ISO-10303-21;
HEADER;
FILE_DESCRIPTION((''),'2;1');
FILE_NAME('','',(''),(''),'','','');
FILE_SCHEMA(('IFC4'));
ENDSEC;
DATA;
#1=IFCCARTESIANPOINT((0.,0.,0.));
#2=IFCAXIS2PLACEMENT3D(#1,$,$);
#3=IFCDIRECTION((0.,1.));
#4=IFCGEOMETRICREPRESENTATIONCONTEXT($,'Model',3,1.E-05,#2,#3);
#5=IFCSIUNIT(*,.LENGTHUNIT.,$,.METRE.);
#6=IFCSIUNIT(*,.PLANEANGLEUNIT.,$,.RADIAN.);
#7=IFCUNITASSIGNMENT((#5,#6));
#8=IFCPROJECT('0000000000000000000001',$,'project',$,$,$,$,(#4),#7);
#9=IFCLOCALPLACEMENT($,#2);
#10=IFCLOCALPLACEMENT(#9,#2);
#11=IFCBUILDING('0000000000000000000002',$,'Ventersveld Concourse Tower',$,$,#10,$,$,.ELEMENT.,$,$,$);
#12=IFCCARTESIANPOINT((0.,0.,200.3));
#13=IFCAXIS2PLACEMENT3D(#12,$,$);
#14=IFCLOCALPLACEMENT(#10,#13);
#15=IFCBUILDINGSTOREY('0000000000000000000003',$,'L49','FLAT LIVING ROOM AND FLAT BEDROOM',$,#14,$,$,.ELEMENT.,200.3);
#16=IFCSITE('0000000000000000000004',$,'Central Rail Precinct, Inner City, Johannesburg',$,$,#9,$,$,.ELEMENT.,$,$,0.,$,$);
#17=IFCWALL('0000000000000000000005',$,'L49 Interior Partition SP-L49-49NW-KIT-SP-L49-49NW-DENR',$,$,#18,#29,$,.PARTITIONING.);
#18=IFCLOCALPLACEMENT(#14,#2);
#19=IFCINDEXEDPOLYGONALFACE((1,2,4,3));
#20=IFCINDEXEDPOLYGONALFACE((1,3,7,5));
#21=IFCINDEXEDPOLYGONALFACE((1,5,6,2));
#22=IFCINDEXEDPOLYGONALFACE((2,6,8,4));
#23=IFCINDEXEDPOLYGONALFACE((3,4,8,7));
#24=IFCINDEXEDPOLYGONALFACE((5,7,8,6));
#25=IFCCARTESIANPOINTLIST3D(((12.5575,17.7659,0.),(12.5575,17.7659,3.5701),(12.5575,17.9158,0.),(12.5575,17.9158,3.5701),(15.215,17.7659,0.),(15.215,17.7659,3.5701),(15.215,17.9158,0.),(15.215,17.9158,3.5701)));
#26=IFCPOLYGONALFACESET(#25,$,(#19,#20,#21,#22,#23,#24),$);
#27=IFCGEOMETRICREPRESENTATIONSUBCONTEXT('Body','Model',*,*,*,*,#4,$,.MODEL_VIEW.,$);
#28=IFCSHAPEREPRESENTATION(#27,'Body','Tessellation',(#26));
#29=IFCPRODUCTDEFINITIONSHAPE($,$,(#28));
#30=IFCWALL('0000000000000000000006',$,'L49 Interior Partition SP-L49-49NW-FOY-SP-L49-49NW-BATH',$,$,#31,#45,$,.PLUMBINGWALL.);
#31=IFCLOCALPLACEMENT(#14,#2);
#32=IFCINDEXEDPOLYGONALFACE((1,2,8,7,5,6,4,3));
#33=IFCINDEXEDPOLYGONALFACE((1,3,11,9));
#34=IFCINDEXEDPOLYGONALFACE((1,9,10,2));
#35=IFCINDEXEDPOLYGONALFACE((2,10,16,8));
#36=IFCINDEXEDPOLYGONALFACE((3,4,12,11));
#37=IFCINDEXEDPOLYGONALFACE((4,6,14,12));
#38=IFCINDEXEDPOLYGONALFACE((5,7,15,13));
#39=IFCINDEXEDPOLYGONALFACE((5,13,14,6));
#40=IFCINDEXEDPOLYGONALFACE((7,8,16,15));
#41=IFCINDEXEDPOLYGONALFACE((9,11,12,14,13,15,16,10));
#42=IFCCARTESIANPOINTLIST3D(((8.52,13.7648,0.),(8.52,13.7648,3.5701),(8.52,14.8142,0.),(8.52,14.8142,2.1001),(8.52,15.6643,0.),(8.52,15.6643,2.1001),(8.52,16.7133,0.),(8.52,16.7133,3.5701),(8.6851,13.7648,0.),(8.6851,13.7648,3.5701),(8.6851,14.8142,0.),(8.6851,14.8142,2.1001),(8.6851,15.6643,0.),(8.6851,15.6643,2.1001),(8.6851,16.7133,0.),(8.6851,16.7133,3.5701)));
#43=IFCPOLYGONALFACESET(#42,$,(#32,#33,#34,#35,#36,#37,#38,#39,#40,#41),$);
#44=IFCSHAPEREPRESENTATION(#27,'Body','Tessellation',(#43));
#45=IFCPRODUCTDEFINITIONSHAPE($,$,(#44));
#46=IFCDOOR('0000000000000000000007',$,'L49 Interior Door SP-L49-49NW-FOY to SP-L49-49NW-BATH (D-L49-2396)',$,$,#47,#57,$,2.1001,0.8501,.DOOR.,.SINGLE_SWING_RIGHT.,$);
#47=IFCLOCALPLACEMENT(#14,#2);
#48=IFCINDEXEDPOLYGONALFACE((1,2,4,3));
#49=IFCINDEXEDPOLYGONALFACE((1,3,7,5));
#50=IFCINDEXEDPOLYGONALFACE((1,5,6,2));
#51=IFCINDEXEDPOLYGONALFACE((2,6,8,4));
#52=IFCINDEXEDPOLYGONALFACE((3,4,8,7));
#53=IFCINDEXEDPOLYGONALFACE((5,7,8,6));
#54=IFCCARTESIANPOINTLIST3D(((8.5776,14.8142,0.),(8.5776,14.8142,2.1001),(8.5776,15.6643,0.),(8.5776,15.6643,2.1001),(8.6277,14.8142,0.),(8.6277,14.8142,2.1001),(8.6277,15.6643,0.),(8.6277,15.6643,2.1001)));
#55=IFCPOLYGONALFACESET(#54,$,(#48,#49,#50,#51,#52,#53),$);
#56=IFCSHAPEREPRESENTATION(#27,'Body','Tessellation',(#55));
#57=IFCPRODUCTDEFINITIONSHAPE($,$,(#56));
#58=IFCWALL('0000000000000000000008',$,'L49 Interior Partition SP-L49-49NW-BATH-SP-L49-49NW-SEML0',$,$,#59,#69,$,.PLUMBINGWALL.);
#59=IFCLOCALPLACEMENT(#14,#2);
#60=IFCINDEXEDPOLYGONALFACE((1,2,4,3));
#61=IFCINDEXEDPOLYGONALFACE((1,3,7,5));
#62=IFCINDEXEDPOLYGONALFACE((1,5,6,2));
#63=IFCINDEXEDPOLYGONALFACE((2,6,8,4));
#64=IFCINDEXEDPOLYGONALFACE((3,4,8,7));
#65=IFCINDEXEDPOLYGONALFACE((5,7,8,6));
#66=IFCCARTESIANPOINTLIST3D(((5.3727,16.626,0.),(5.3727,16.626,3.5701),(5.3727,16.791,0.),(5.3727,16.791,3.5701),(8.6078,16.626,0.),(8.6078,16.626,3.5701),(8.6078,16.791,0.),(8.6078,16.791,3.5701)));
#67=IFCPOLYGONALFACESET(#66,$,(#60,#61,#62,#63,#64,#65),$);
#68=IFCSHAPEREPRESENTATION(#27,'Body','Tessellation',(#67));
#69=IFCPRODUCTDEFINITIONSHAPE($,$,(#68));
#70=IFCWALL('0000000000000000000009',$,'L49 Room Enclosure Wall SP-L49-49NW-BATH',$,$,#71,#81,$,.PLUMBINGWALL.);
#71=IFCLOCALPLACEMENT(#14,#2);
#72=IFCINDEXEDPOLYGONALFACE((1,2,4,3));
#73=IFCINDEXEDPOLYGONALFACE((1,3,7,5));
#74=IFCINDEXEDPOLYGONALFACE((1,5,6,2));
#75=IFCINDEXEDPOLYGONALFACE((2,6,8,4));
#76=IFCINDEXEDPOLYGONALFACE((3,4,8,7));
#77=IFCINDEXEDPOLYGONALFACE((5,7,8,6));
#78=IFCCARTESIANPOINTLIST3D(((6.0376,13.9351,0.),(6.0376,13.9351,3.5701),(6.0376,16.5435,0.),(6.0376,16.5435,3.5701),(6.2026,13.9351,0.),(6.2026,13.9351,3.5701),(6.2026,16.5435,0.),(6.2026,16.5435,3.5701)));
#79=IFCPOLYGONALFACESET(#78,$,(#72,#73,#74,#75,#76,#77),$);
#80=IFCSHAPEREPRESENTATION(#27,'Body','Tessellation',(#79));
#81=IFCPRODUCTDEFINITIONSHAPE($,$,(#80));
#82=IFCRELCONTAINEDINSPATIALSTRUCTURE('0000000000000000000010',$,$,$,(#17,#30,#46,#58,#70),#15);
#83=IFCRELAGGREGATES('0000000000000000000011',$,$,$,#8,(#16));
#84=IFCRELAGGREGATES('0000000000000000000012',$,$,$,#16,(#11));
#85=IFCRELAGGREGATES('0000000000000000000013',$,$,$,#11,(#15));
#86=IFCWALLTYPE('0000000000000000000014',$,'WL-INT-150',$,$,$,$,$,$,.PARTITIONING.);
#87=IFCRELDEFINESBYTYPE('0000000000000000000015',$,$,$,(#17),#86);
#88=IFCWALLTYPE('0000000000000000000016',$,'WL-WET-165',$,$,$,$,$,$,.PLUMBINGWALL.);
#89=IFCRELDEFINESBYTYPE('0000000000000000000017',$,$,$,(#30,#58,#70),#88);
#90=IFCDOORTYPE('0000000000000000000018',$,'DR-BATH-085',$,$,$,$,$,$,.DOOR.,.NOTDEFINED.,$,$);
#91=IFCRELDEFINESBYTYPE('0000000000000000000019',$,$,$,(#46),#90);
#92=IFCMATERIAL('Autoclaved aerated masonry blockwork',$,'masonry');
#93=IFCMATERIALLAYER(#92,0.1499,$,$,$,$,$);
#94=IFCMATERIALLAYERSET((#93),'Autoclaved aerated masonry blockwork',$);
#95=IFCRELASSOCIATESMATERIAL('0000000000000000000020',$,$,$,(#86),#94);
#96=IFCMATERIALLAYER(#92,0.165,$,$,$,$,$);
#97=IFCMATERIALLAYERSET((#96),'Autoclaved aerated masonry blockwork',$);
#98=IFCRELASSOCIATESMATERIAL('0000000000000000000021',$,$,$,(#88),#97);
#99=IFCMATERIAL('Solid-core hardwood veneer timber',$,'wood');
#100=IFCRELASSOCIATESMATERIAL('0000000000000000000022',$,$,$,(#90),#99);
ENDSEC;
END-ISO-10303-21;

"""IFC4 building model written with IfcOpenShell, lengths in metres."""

from ifc_helpers import new_model, si_unit, direction, frame, frame_2d, origin, place, context, subcontext, project, spatial, rectangle, extrude, material, layer, layer_set, type_object, element, fill, save


model = new_model("IFC4")

# Units and contexts
model_context = context("Model", 3, precision=1e-05, world=origin(), true_north=direction((0.0, 1.0)))
body_context = subcontext(model_context, "Body", "Model", "MODEL_VIEW")
ifc_project = project(units=[si_unit("LENGTHUNIT", "METRE"), si_unit("PLANEANGLEUNIT", "RADIAN")], contexts=[model_context])

# Site, building, storey
site_placement = place(None, origin())
site = spatial("IfcSite", under=ifc_project, at=site_placement, Name="Central Rail Precinct, Inner City, Johannesburg", CompositionType="ELEMENT", RefElevation=0.0)
building_placement = place(site_placement, origin())
building = spatial("IfcBuilding", under=site, at=building_placement, Name="Ventersveld Concourse Tower", CompositionType="ELEMENT")
storey_placement = place(building_placement, frame((0.0, 0.0, 200.3)))
storey = spatial("IfcBuildingStorey", under=building, at=storey_placement, Name="L49", Description="FLAT LIVING ROOM AND FLAT BEDROOM", CompositionType="ELEMENT", Elevation=200.3)

# Shared definitions
ifc_material_1 = material(Name="Solid-core hardwood veneer timber", Category="wood")

# Shared definitions
ifc_material_2 = material(Name="Autoclaved aerated masonry blockwork", Category="masonry")
ifc_layer_1 = layer(ifc_material_2, 0.1499)
ifc_layer_set_1 = layer_set([ifc_layer_1], Name="Autoclaved aerated masonry blockwork")
wall_type_1 = type_object("IfcWallType", Name="WL-INT-150", PredefinedType="PARTITIONING", material=ifc_layer_set_1)

# Wall
wall_1_placement = place(storey_placement, frame((12.5576, 17.8408, 0.0), z_axis=(0.0, 0.0, 1.0), x_axis=(1.0, 0.0, 0.0)))
element("IfcWall", 1, at=wall_1_placement, inside=storey, type_object=wall_type_1, Name="L49 Interior Partition SP-L49-49NW-KIT-SP-L49-49NW-DENR", PredefinedType="PARTITIONING", context=body_context, shape_type="SweptSolid", body=[
    extrude(rectangle(XDim=2.6575, YDim=0.1499, at=frame_2d((1.3286, 0.0))), origin(), (0.0, 0.0, 1.0), 3.5701),
])

# Wall, opening, door
ifc_layer_2 = layer(ifc_material_2, 0.165)
ifc_layer_set_2 = layer_set([ifc_layer_2], Name="Autoclaved aerated masonry blockwork")
wall_type_2 = type_object("IfcWallType", Name="WL-WET-165", PredefinedType="PLUMBINGWALL", material=ifc_layer_set_2)
wall_2_placement = place(storey_placement, frame((8.6025, 13.7649, 0.0), z_axis=(0.0, 0.0, 1.0), x_axis=(0.0, 1.0, 0.0)))
wall_2 = element("IfcWall", 2, at=wall_2_placement, inside=storey, type_object=wall_type_2, Name="L49 Interior Partition SP-L49-49NW-FOY-SP-L49-49NW-BATH", PredefinedType="PLUMBINGWALL", context=body_context, shape_type="SweptSolid", body=[
    extrude(rectangle(XDim=2.9485, YDim=0.165, at=frame_2d((1.4741, 0.0))), origin(), (0.0, 0.0, 1.0), 3.5701),
])
opening_1_placement = place(wall_2_placement, frame((1.0493, 0.0, 0.0)))
opening_1 = element("IfcOpeningElement", 3, at=opening_1_placement, cuts=wall_2, PredefinedType="OPENING", context=body_context, shape_type="SweptSolid", body=[
    extrude(rectangle(XDim=0.8501, YDim=2.1001, at=frame_2d((0.425, 1.05))), frame((0.0, 0.0925, 0.0), z_axis=(0.0, -1.0, 0.0), x_axis=(1.0, 0.0, 0.0)), (0.0, 0.0, 1.0), 0.1851),
])
door_type_1 = type_object("IfcDoorType", Name="DR-BATH-085", OperationType="NOTDEFINED", PredefinedType="DOOR", material=ifc_material_1)
door_1_placement = place(opening_1_placement, origin())
door_1 = element("IfcDoor", 4, at=door_1_placement, inside=storey, type_object=door_type_1, Name="L49 Interior Door SP-L49-49NW-FOY to SP-L49-49NW-BATH (D-L49-2396)", OperationType="SINGLE_SWING_RIGHT", OverallHeight=2.1001, OverallWidth=0.8501, PredefinedType="DOOR", context=body_context, shape_type="SweptSolid", body=[
    extrude(rectangle(XDim=0.8501, YDim=2.1001, at=frame_2d((0.425, 1.05))), frame((0.0, 0.0249, 0.0), z_axis=(0.0, -1.0, 0.0), x_axis=(1.0, 0.0, 0.0)), (0.0, 0.0, 1.0), 0.05),
])
fill(opening_1, door_1)

# Walls
wall_3_placement = place(storey_placement, frame((5.3726, 16.7085, 0.0), z_axis=(0.0, 0.0, 1.0), x_axis=(1.0, 0.0, 0.0)))
element("IfcWall", 5, at=wall_3_placement, inside=storey, type_object=wall_type_2, Name="L49 Interior Partition SP-L49-49NW-BATH-SP-L49-49NW-SEML0", PredefinedType="PLUMBINGWALL", context=body_context, shape_type="SweptSolid", body=[
    extrude(rectangle(XDim=3.2351, YDim=0.165, at=frame_2d((1.6177, 0.0))), origin(), (0.0, 0.0, 1.0), 3.5701),
])
wall_4_placement = place(storey_placement, frame((6.1201, 13.9351, 0.0), z_axis=(0.0, 0.0, 1.0), x_axis=(0.0, 1.0, 0.0)))
element("IfcWall", 6, at=wall_4_placement, inside=storey, type_object=wall_type_2, Name="L49 Room Enclosure Wall SP-L49-49NW-BATH", PredefinedType="PLUMBINGWALL", context=body_context, shape_type="SweptSolid", body=[
    extrude(rectangle(XDim=2.6084, YDim=0.165, at=frame_2d((1.3042, 0.0))), origin(), (0.0, 0.0, 1.0), 3.5701),
])

save(model, "model.ifc")
